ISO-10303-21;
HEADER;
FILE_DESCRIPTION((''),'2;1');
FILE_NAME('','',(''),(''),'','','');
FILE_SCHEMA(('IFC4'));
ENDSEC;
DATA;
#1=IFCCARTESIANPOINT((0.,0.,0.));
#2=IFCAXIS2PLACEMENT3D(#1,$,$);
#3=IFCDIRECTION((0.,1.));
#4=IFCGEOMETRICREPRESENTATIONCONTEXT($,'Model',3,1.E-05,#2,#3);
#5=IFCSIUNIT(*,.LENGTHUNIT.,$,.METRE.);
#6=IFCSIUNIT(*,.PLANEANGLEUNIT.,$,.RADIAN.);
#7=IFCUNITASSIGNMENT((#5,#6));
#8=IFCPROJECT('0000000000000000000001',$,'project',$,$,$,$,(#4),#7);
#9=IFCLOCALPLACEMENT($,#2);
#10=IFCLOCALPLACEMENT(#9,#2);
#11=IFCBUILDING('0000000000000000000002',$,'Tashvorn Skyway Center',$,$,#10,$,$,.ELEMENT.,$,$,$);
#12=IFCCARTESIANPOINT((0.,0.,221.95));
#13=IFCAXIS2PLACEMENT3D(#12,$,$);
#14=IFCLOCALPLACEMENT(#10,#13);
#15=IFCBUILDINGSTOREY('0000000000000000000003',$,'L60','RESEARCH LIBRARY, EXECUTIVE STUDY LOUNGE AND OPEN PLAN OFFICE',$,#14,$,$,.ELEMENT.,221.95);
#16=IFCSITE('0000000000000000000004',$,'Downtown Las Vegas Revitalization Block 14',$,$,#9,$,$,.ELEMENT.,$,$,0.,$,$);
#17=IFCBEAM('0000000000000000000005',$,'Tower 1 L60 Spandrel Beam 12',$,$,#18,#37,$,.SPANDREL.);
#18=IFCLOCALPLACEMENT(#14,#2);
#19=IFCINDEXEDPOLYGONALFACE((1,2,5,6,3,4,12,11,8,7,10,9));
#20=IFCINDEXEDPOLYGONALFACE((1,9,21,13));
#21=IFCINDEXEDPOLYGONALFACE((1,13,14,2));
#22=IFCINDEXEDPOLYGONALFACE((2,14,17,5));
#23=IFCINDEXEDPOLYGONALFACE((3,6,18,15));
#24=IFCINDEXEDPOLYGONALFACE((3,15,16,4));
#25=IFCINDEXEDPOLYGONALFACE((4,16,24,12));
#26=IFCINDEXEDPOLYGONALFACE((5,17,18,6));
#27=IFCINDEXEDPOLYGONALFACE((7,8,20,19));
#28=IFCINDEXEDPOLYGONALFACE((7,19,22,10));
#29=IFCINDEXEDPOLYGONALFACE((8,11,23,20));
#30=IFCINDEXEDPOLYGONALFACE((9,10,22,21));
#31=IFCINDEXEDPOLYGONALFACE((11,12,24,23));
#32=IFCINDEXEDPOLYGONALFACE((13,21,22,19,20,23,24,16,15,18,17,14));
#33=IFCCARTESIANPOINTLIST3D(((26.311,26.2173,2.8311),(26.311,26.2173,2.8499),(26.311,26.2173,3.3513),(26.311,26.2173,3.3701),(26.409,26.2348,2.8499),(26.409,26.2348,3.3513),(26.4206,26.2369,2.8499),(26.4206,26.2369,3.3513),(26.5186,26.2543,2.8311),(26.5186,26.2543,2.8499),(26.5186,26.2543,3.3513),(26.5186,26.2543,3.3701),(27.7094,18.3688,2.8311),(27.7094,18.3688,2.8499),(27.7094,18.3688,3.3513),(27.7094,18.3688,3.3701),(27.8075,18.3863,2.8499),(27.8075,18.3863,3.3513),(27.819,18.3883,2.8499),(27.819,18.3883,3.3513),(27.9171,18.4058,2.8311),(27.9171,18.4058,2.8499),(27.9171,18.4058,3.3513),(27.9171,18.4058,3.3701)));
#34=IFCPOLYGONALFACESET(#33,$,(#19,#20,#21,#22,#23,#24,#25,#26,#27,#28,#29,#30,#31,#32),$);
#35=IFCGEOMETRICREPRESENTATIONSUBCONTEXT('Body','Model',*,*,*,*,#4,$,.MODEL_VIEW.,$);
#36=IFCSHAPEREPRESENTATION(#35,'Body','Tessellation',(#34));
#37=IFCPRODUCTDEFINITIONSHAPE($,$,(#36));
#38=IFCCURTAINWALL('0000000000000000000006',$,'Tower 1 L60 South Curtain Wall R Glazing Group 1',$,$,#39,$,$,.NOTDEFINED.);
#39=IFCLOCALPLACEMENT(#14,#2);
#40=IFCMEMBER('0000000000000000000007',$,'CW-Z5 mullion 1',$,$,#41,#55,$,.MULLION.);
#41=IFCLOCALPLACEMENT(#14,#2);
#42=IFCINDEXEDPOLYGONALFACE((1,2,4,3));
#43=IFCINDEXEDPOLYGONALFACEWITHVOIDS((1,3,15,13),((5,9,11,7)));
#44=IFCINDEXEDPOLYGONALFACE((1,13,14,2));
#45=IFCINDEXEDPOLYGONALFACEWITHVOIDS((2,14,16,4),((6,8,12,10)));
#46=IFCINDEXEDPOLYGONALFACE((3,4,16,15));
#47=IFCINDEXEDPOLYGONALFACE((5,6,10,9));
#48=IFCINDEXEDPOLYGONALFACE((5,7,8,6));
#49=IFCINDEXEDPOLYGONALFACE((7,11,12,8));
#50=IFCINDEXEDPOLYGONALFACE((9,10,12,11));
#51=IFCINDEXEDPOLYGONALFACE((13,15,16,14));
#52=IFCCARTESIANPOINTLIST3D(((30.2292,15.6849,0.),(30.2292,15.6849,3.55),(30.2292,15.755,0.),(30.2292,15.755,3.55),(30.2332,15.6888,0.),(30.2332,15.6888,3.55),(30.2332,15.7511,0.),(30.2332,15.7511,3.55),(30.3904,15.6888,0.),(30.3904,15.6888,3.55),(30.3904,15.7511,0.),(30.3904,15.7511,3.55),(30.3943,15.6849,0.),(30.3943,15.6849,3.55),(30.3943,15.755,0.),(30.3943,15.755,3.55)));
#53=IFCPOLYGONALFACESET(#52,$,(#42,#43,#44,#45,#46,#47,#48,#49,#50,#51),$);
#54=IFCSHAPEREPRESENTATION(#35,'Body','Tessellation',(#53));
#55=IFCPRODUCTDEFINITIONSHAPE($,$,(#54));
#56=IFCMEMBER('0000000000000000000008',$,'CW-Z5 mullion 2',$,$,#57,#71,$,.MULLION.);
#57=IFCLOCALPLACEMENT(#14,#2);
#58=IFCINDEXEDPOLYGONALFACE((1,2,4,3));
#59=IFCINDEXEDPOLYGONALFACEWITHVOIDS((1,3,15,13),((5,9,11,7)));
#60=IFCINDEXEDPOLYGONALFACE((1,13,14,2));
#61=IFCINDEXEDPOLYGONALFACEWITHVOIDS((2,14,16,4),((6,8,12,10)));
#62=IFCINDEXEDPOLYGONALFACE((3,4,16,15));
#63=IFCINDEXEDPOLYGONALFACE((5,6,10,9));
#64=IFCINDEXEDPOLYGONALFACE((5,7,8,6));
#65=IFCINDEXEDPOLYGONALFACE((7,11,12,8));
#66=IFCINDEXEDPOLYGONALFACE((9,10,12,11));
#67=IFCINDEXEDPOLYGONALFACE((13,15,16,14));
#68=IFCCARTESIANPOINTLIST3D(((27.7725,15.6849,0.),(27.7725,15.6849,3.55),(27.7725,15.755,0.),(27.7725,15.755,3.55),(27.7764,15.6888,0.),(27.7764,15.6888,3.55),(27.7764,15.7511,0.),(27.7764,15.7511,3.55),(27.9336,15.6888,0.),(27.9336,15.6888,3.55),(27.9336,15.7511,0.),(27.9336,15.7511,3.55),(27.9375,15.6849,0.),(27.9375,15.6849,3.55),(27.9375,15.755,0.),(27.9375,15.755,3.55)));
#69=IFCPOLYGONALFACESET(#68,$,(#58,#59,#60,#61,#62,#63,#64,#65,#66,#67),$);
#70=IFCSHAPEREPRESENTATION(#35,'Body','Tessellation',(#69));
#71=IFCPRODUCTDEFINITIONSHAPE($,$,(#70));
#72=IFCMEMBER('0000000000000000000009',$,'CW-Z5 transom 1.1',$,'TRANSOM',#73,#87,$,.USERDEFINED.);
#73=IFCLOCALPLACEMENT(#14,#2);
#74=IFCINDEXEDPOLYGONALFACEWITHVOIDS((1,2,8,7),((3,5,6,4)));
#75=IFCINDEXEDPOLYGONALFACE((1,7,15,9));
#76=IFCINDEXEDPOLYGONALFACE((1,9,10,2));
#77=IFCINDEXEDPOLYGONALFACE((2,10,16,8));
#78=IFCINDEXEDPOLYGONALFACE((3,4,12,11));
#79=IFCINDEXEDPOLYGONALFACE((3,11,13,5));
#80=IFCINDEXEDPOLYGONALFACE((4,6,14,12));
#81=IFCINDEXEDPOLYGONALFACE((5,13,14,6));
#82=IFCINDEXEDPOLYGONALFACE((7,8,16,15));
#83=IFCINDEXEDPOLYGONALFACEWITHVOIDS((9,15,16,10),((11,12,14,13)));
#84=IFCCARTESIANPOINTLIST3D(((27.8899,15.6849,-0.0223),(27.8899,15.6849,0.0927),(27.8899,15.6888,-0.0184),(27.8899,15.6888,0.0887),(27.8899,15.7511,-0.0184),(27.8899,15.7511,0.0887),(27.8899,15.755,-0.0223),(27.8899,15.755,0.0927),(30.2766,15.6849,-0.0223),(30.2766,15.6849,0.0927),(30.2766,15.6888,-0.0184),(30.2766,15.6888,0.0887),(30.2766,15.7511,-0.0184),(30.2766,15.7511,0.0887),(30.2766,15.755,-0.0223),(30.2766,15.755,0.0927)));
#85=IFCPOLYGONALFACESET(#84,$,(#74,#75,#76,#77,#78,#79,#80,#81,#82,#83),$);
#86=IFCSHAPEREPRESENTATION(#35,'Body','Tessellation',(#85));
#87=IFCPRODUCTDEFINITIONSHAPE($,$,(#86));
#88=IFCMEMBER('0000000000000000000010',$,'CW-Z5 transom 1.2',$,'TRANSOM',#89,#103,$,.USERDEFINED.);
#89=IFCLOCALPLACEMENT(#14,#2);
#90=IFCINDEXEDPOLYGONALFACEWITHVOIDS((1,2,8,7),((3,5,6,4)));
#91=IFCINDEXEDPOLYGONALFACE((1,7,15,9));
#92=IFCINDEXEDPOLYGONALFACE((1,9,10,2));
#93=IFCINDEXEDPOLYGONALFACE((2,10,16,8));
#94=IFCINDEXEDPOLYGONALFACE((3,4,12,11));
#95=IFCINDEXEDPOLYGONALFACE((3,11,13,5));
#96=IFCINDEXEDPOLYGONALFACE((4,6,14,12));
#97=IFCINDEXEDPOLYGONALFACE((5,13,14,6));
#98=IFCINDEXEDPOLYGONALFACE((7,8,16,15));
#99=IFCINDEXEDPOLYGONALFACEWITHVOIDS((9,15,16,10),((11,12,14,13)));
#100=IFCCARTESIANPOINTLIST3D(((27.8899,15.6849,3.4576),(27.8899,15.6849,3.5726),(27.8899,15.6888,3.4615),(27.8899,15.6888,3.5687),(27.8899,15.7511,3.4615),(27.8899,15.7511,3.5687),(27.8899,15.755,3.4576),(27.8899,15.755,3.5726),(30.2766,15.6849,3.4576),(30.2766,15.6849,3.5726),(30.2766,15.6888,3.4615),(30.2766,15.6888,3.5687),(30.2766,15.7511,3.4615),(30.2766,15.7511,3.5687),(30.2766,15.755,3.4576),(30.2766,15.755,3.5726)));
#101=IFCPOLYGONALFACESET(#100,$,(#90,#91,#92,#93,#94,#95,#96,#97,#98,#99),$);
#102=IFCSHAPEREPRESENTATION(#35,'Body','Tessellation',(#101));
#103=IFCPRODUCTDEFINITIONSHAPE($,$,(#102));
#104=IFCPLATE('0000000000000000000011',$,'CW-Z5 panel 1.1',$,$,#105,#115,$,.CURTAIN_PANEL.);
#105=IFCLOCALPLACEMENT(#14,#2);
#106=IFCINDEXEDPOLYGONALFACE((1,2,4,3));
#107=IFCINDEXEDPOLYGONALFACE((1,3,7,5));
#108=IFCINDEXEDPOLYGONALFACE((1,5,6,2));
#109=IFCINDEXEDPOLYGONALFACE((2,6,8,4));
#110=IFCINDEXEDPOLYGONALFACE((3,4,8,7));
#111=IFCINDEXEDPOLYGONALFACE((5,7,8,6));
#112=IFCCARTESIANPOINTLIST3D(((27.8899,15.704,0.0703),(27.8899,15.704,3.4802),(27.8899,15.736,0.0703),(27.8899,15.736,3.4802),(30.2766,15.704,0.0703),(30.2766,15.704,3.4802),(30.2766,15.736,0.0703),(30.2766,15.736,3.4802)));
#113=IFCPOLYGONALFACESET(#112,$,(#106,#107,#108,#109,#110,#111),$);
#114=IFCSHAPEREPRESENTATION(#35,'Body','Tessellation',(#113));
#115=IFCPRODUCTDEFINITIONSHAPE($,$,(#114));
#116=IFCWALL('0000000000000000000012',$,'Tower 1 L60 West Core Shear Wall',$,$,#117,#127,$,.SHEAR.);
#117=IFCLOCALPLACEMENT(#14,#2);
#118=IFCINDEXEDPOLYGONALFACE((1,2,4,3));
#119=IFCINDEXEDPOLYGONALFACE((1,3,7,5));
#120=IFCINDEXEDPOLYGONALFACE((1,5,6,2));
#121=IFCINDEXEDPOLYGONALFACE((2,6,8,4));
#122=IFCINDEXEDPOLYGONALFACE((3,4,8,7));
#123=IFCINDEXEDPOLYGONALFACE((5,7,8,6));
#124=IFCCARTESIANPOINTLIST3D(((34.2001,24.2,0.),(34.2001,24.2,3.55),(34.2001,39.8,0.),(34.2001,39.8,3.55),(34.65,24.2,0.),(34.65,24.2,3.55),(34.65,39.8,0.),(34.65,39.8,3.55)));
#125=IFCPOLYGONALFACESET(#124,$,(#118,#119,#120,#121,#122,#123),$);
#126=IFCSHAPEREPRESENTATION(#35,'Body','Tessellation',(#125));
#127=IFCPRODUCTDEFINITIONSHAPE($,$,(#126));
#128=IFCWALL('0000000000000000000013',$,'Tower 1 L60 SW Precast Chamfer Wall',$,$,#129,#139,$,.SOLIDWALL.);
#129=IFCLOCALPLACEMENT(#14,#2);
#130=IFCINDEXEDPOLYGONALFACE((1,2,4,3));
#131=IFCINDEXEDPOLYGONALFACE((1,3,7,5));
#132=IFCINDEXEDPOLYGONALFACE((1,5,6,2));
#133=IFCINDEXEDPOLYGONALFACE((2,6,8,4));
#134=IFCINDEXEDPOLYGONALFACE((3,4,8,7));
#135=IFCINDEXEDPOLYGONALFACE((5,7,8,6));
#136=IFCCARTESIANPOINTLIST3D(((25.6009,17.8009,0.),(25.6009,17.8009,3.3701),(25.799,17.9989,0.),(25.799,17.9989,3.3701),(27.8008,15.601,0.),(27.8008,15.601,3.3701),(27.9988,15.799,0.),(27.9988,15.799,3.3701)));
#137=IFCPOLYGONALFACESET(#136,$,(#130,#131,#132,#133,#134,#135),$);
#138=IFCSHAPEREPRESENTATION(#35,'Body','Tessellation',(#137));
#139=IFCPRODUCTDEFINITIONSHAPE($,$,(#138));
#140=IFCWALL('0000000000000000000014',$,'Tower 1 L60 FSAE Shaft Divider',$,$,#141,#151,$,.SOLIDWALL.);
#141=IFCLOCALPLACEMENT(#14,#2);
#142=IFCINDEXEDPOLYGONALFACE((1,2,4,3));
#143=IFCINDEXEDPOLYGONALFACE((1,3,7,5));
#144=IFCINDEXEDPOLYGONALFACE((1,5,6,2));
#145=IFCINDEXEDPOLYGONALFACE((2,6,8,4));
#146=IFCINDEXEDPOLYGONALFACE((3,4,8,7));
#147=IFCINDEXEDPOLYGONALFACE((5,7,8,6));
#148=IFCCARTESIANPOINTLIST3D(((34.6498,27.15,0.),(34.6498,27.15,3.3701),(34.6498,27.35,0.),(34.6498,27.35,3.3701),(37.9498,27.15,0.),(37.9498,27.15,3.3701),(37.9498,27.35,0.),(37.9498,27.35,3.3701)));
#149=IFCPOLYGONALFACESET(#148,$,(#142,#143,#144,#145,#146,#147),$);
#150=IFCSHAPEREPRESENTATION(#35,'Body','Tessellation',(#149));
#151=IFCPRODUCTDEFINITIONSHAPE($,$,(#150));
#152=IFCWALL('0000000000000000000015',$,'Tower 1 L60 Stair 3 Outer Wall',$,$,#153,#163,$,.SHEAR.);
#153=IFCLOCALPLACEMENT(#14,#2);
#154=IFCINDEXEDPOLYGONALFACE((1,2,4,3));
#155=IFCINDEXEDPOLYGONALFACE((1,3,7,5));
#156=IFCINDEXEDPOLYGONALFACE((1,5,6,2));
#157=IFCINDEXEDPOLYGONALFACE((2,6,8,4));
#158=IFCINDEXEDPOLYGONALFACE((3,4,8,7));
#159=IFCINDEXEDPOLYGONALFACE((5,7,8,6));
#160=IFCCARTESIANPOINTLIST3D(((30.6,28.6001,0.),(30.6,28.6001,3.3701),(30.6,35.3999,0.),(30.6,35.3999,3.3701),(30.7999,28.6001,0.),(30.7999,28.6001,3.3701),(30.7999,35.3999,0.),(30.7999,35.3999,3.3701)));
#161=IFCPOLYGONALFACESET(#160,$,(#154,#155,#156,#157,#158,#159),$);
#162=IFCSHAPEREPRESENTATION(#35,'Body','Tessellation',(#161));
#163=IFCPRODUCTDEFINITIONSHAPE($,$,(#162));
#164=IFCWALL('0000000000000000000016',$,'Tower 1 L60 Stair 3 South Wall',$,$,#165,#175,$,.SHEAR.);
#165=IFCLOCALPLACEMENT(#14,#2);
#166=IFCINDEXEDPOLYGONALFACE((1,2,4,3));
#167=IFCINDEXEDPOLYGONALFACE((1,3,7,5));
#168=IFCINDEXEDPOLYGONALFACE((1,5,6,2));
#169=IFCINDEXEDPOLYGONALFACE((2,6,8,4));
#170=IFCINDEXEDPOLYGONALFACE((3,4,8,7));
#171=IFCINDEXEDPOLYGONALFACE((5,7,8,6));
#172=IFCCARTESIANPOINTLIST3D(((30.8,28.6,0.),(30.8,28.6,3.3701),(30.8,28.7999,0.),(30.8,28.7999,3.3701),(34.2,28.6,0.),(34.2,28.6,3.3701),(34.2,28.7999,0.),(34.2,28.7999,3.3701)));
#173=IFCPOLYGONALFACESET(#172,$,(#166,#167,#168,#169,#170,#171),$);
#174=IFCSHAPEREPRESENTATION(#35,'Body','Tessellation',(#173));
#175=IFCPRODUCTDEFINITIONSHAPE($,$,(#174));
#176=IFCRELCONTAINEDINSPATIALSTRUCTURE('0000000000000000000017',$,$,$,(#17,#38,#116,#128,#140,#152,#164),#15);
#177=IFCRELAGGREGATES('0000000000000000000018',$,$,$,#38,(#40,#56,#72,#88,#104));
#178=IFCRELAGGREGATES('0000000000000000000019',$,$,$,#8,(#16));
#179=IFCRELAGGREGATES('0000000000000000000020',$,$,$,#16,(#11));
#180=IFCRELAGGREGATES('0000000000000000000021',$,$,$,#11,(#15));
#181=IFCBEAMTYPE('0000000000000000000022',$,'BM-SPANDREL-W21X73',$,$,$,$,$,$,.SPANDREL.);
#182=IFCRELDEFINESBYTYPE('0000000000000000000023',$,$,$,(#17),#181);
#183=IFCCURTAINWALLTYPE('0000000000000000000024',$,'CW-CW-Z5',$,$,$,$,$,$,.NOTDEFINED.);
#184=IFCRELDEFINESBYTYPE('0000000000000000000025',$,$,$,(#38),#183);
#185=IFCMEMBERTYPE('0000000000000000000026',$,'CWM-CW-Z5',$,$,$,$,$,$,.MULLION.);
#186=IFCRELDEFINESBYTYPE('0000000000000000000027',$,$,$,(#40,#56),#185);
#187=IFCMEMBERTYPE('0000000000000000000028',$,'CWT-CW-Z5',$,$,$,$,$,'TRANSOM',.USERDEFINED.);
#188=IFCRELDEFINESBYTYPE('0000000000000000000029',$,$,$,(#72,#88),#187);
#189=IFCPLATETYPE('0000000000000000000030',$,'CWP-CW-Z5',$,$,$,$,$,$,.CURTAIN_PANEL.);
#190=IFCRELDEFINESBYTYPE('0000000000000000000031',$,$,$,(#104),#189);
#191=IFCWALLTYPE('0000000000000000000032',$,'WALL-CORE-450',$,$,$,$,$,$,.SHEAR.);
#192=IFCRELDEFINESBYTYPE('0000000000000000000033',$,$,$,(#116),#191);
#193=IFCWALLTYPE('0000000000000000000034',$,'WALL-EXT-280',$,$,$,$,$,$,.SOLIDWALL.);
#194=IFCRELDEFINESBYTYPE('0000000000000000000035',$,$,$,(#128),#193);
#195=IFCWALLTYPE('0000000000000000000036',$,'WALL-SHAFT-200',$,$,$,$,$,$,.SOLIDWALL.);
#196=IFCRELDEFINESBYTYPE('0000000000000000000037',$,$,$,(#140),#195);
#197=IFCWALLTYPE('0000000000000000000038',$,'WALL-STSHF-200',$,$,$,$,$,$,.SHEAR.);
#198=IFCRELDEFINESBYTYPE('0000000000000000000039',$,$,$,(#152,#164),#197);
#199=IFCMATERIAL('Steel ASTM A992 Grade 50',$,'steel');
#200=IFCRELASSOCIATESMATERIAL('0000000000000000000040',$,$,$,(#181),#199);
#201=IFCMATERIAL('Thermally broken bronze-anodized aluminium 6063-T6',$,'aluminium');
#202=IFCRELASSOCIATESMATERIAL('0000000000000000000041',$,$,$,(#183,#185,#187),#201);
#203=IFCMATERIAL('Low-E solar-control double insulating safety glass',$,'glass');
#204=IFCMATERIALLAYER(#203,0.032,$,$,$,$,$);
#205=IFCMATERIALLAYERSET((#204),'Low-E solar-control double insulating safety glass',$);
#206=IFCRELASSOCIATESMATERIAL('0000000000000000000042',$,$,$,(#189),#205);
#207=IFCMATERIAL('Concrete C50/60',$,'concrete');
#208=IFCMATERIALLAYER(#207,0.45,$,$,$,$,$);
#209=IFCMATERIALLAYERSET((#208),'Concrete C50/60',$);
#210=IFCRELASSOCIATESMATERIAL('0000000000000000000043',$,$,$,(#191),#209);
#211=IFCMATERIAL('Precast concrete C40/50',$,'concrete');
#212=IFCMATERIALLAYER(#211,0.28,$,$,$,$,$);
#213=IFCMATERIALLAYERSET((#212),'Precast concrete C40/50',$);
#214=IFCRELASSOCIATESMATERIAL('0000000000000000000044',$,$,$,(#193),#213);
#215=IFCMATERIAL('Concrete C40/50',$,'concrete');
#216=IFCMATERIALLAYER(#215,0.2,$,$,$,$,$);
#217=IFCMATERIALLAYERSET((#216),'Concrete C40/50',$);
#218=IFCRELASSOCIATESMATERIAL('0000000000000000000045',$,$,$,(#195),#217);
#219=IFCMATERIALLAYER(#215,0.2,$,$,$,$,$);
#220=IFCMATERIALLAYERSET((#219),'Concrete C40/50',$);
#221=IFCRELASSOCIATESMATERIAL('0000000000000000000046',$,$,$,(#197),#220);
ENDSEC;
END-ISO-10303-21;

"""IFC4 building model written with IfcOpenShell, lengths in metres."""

from ifc_helpers import new_model, si_unit, direction, frame, frame_2d, origin, origin_2d, place, context, subcontext, project, spatial, rectangle, hollow_rectangle, i_section, extrude, material, layer, layer_set, material_profile, profile_set, type_object, element, aggregate, save


model = new_model("IFC4")

# Units and contexts
model_context = context("Model", 3, precision=1e-05, world=origin(), true_north=direction((0.0, 1.0)))
body_context = subcontext(model_context, "Body", "Model", "MODEL_VIEW")
ifc_project = project(units=[si_unit("LENGTHUNIT", "METRE"), si_unit("PLANEANGLEUNIT", "RADIAN")], contexts=[model_context])

# Site, building, storey
site_placement = place(None, origin())
site = spatial("IfcSite", under=ifc_project, at=site_placement, Name="Downtown Las Vegas Revitalization Block 14", CompositionType="ELEMENT", RefElevation=0.0)
building_placement = place(site_placement, origin())
building = spatial("IfcBuilding", under=site, at=building_placement, Name="Tashvorn Skyway Center", CompositionType="ELEMENT")
storey_placement = place(building_placement, frame((0.0, 0.0, 221.95)))
storey = spatial("IfcBuildingStorey", under=building, at=storey_placement, Name="L60", Description="RESEARCH LIBRARY, EXECUTIVE STUDY LOUNGE AND OPEN PLAN OFFICE", CompositionType="ELEMENT", Elevation=221.95)

# Beam
ifc_material_1 = material(Name="Steel ASTM A992 Grade 50", Category="steel")
ifc_material_profile_1 = material_profile(ifc_material_1, i_section(OverallWidth=0.2109, OverallDepth=0.5391, WebThickness=0.0117, FlangeThickness=0.0188, at=origin_2d()), Name="W21X73")
ifc_profile_set_1 = profile_set([ifc_material_profile_1], Name="Steel ASTM A992 Grade 50")
beam_type_1 = type_object("IfcBeamType", Name="BM-SPANDREL-W21X73", PredefinedType="SPANDREL", material=ifc_profile_set_1)
beam_1_placement = place(storey_placement, frame((26.4148, 26.2358, 3.1006), z_axis=(0.175413, -0.984495, 0.0), x_axis=(0.984495, 0.175413, 0.0)))
element("IfcBeam", 1, at=beam_1_placement, inside=storey, type_object=beam_type_1, Name="Tower 1 L60 Spandrel Beam 12", PredefinedType="SPANDREL", context=body_context, shape_type="SweptSolid", body=[
    extrude(i_section(OverallWidth=0.2109, OverallDepth=0.5391, WebThickness=0.0117, FlangeThickness=0.0188, at=origin_2d()), origin(), (0.0, 0.0, 1.0), 7.9722),
])

# Curtain wall, members, plate
ifc_material_2 = material(Name="Thermally broken bronze-anodized aluminium 6063-T6", Category="aluminium")
curtain_wall_type = type_object("IfcCurtainWallType", Name="CW-CW-Z5", PredefinedType="NOTDEFINED", material=ifc_material_2)
curtain_wall_placement = place(storey_placement, origin())
curtain_wall = element("IfcCurtainWall", 2, at=curtain_wall_placement, inside=storey, type_object=curtain_wall_type, Name="Tower 1 L60 South Curtain Wall R Glazing Group 1", PredefinedType="NOTDEFINED")
ifc_material_profile_2 = material_profile(ifc_material_2, hollow_rectangle(XDim=0.0701, YDim=0.165, WallThickness=0.0039, at=origin_2d()), Name="ALU-MULL-70x165")
ifc_profile_set_2 = profile_set([ifc_material_profile_2], Name="Thermally broken bronze-anodized aluminium 6063-T6")
member_type_1 = type_object("IfcMemberType", Name="CWM-CW-Z5", PredefinedType="MULLION", material=ifc_profile_set_2)
member_1_placement = place(storey_placement, frame((30.3118, 15.72, 0.0), z_axis=(0.0, 0.0, 1.0), x_axis=(0.0, -1.0, 0.0)))
member_1 = element("IfcMember", 3, at=member_1_placement, type_object=member_type_1, Name="CW-Z5 mullion 1", PredefinedType="MULLION", context=body_context, shape_type="SweptSolid", body=[
    extrude(hollow_rectangle(XDim=0.0701, YDim=0.165, WallThickness=0.0039, at=origin_2d()), origin(), (0.0, 0.0, 1.0), 3.55),
])
member_2_placement = place(storey_placement, frame((27.855, 15.72, 0.0), z_axis=(0.0, 0.0, 1.0), x_axis=(0.0, -1.0, 0.0)))
member_2 = element("IfcMember", 4, at=member_2_placement, type_object=member_type_1, Name="CW-Z5 mullion 2", PredefinedType="MULLION", context=body_context, shape_type="SweptSolid", body=[
    extrude(hollow_rectangle(XDim=0.0701, YDim=0.165, WallThickness=0.0039, at=origin_2d()), origin(), (0.0, 0.0, 1.0), 3.55),
])
ifc_material_profile_3 = material_profile(ifc_material_2, hollow_rectangle(XDim=0.0701, YDim=0.115, WallThickness=0.0039, at=origin_2d()), Name="ALU-TRAN-70x115")
ifc_profile_set_3 = profile_set([ifc_material_profile_3], Name="Thermally broken bronze-anodized aluminium 6063-T6")
member_type_2 = type_object("IfcMemberType", Name="CWT-CW-Z5", ElementType="TRANSOM", PredefinedType="USERDEFINED", material=ifc_profile_set_3)
member_3_placement = place(storey_placement, frame((30.2766, 15.72, 0.0352), z_axis=(-1.0, 0.0, 0.0), x_axis=(0.0, -1.0, 0.0)))
member_3 = element("IfcMember", 5, at=member_3_placement, type_object=member_type_2, Name="CW-Z5 transom 1.1", ObjectType="TRANSOM", PredefinedType="USERDEFINED", context=body_context, shape_type="SweptSolid", body=[
    extrude(hollow_rectangle(XDim=0.0701, YDim=0.115, WallThickness=0.0039, at=origin_2d()), origin(), (0.0, 0.0, 1.0), 2.3867),
])
member_4_placement = place(storey_placement, frame((30.2766, 15.72, 3.5151), z_axis=(-1.0, 0.0, 0.0), x_axis=(0.0, -1.0, 0.0)))
member_4 = element("IfcMember", 6, at=member_4_placement, type_object=member_type_2, Name="CW-Z5 transom 1.2", ObjectType="TRANSOM", PredefinedType="USERDEFINED", context=body_context, shape_type="SweptSolid", body=[
    extrude(hollow_rectangle(XDim=0.0701, YDim=0.115, WallThickness=0.0039, at=origin_2d()), origin(), (0.0, 0.0, 1.0), 2.3867),
])
ifc_material_3 = material(Name="Low-E solar-control double insulating safety glass", Category="glass")
ifc_layer_1 = layer(ifc_material_3, 0.032)
ifc_layer_set_1 = layer_set([ifc_layer_1], Name="Low-E solar-control double insulating safety glass")
plate_type = type_object("IfcPlateType", Name="CWP-CW-Z5", PredefinedType="CURTAIN_PANEL", material=ifc_layer_set_1)
plate_placement = place(storey_placement, frame((29.0833, 15.72, 0.0703), z_axis=(0.0, 0.0, 1.0), x_axis=(-1.0, 0.0, 0.0)))
plate = element("IfcPlate", 7, at=plate_placement, type_object=plate_type, Name="CW-Z5 panel 1.1", PredefinedType="CURTAIN_PANEL", context=body_context, shape_type="SweptSolid", body=[
    extrude(rectangle(XDim=2.3867, YDim=0.032, at=origin_2d()), origin(), (0.0, 0.0, 1.0), 3.4099),
])
aggregate(curtain_wall, [member_1, member_2, member_3, member_4, plate])

# Walls
ifc_material_4 = material(Name="Concrete C50/60", Category="concrete")
ifc_layer_2 = layer(ifc_material_4, 0.45)
ifc_layer_set_2 = layer_set([ifc_layer_2], Name="Concrete C50/60")
wall_type_1 = type_object("IfcWallType", Name="WALL-CORE-450", PredefinedType="SHEAR", material=ifc_layer_set_2)
wall_1_placement = place(storey_placement, frame((34.425, 24.2, 0.0), z_axis=(0.0, 0.0, 1.0), x_axis=(0.0, 1.0, 0.0)))
element("IfcWall", 8, at=wall_1_placement, inside=storey, type_object=wall_type_1, Name="Tower 1 L60 West Core Shear Wall", PredefinedType="SHEAR", context=body_context, shape_type="SweptSolid", body=[
    extrude(rectangle(XDim=15.6001, YDim=0.45, at=frame_2d((7.8, 0.0))), origin(), (0.0, 0.0, 1.0), 3.55),
])
ifc_material_5 = material(Name="Precast concrete C40/50", Category="concrete")
ifc_layer_3 = layer(ifc_material_5, 0.28)
ifc_layer_set_3 = layer_set([ifc_layer_3], Name="Precast concrete C40/50")
wall_type_2 = type_object("IfcWallType", Name="WALL-EXT-280", PredefinedType="SOLIDWALL", material=ifc_layer_set_3)
wall_2_placement = place(storey_placement, frame((27.8999, 15.7, 0.0), z_axis=(0.0, 0.0, 1.0), x_axis=(-0.707107, 0.707107, 0.0)))
element("IfcWall", 9, at=wall_2_placement, inside=storey, type_object=wall_type_2, Name="Tower 1 L60 SW Precast Chamfer Wall", PredefinedType="SOLIDWALL", context=body_context, shape_type="SweptSolid", body=[
    extrude(rectangle(XDim=3.1111, YDim=0.28, at=frame_2d((1.5557, 0.0))), origin(), (0.0, 0.0, 1.0), 3.3701),
])
ifc_material_6 = material(Name="Concrete C40/50", Category="concrete")
ifc_layer_4 = layer(ifc_material_6, 0.2)
ifc_layer_set_4 = layer_set([ifc_layer_4], Name="Concrete C40/50")
wall_type_3 = type_object("IfcWallType", Name="WALL-SHAFT-200", PredefinedType="SOLIDWALL", material=ifc_layer_set_4)
wall_3_placement = place(storey_placement, frame((34.6499, 27.25, 0.0), z_axis=(0.0, 0.0, 1.0), x_axis=(1.0, 0.0, 0.0)))
element("IfcWall", 10, at=wall_3_placement, inside=storey, type_object=wall_type_3, Name="Tower 1 L60 FSAE Shaft Divider", PredefinedType="SOLIDWALL", context=body_context, shape_type="SweptSolid", body=[
    extrude(rectangle(XDim=3.3, YDim=0.2, at=frame_2d((1.6499, 0.0))), origin(), (0.0, 0.0, 1.0), 3.3701),
])
ifc_layer_5 = layer(ifc_material_6, 0.2)
ifc_layer_set_5 = layer_set([ifc_layer_5], Name="Concrete C40/50")
wall_type_4 = type_object("IfcWallType", Name="WALL-STSHF-200", PredefinedType="SHEAR", material=ifc_layer_set_5)
wall_4_placement = place(storey_placement, frame((30.7, 28.6001, 0.0), z_axis=(0.0, 0.0, 1.0), x_axis=(0.0, 1.0, 0.0)))
element("IfcWall", 11, at=wall_4_placement, inside=storey, type_object=wall_type_4, Name="Tower 1 L60 Stair 3 Outer Wall", PredefinedType="SHEAR", context=body_context, shape_type="SweptSolid", body=[
    extrude(rectangle(XDim=6.7998, YDim=0.2, at=frame_2d((3.3999, 0.0))), origin(), (0.0, 0.0, 1.0), 3.3701),
])
wall_5_placement = place(storey_placement, frame((30.8, 28.7, 0.0), z_axis=(0.0, 0.0, 1.0), x_axis=(1.0, 0.0, 0.0)))
element("IfcWall", 12, at=wall_5_placement, inside=storey, type_object=wall_type_4, Name="Tower 1 L60 Stair 3 South Wall", PredefinedType="SHEAR", context=body_context, shape_type="SweptSolid", body=[
    extrude(rectangle(XDim=3.3999, YDim=0.2, at=frame_2d((1.7, 0.0))), origin(), (0.0, 0.0, 1.0), 3.3701),
])

save(model, "model.ifc")
